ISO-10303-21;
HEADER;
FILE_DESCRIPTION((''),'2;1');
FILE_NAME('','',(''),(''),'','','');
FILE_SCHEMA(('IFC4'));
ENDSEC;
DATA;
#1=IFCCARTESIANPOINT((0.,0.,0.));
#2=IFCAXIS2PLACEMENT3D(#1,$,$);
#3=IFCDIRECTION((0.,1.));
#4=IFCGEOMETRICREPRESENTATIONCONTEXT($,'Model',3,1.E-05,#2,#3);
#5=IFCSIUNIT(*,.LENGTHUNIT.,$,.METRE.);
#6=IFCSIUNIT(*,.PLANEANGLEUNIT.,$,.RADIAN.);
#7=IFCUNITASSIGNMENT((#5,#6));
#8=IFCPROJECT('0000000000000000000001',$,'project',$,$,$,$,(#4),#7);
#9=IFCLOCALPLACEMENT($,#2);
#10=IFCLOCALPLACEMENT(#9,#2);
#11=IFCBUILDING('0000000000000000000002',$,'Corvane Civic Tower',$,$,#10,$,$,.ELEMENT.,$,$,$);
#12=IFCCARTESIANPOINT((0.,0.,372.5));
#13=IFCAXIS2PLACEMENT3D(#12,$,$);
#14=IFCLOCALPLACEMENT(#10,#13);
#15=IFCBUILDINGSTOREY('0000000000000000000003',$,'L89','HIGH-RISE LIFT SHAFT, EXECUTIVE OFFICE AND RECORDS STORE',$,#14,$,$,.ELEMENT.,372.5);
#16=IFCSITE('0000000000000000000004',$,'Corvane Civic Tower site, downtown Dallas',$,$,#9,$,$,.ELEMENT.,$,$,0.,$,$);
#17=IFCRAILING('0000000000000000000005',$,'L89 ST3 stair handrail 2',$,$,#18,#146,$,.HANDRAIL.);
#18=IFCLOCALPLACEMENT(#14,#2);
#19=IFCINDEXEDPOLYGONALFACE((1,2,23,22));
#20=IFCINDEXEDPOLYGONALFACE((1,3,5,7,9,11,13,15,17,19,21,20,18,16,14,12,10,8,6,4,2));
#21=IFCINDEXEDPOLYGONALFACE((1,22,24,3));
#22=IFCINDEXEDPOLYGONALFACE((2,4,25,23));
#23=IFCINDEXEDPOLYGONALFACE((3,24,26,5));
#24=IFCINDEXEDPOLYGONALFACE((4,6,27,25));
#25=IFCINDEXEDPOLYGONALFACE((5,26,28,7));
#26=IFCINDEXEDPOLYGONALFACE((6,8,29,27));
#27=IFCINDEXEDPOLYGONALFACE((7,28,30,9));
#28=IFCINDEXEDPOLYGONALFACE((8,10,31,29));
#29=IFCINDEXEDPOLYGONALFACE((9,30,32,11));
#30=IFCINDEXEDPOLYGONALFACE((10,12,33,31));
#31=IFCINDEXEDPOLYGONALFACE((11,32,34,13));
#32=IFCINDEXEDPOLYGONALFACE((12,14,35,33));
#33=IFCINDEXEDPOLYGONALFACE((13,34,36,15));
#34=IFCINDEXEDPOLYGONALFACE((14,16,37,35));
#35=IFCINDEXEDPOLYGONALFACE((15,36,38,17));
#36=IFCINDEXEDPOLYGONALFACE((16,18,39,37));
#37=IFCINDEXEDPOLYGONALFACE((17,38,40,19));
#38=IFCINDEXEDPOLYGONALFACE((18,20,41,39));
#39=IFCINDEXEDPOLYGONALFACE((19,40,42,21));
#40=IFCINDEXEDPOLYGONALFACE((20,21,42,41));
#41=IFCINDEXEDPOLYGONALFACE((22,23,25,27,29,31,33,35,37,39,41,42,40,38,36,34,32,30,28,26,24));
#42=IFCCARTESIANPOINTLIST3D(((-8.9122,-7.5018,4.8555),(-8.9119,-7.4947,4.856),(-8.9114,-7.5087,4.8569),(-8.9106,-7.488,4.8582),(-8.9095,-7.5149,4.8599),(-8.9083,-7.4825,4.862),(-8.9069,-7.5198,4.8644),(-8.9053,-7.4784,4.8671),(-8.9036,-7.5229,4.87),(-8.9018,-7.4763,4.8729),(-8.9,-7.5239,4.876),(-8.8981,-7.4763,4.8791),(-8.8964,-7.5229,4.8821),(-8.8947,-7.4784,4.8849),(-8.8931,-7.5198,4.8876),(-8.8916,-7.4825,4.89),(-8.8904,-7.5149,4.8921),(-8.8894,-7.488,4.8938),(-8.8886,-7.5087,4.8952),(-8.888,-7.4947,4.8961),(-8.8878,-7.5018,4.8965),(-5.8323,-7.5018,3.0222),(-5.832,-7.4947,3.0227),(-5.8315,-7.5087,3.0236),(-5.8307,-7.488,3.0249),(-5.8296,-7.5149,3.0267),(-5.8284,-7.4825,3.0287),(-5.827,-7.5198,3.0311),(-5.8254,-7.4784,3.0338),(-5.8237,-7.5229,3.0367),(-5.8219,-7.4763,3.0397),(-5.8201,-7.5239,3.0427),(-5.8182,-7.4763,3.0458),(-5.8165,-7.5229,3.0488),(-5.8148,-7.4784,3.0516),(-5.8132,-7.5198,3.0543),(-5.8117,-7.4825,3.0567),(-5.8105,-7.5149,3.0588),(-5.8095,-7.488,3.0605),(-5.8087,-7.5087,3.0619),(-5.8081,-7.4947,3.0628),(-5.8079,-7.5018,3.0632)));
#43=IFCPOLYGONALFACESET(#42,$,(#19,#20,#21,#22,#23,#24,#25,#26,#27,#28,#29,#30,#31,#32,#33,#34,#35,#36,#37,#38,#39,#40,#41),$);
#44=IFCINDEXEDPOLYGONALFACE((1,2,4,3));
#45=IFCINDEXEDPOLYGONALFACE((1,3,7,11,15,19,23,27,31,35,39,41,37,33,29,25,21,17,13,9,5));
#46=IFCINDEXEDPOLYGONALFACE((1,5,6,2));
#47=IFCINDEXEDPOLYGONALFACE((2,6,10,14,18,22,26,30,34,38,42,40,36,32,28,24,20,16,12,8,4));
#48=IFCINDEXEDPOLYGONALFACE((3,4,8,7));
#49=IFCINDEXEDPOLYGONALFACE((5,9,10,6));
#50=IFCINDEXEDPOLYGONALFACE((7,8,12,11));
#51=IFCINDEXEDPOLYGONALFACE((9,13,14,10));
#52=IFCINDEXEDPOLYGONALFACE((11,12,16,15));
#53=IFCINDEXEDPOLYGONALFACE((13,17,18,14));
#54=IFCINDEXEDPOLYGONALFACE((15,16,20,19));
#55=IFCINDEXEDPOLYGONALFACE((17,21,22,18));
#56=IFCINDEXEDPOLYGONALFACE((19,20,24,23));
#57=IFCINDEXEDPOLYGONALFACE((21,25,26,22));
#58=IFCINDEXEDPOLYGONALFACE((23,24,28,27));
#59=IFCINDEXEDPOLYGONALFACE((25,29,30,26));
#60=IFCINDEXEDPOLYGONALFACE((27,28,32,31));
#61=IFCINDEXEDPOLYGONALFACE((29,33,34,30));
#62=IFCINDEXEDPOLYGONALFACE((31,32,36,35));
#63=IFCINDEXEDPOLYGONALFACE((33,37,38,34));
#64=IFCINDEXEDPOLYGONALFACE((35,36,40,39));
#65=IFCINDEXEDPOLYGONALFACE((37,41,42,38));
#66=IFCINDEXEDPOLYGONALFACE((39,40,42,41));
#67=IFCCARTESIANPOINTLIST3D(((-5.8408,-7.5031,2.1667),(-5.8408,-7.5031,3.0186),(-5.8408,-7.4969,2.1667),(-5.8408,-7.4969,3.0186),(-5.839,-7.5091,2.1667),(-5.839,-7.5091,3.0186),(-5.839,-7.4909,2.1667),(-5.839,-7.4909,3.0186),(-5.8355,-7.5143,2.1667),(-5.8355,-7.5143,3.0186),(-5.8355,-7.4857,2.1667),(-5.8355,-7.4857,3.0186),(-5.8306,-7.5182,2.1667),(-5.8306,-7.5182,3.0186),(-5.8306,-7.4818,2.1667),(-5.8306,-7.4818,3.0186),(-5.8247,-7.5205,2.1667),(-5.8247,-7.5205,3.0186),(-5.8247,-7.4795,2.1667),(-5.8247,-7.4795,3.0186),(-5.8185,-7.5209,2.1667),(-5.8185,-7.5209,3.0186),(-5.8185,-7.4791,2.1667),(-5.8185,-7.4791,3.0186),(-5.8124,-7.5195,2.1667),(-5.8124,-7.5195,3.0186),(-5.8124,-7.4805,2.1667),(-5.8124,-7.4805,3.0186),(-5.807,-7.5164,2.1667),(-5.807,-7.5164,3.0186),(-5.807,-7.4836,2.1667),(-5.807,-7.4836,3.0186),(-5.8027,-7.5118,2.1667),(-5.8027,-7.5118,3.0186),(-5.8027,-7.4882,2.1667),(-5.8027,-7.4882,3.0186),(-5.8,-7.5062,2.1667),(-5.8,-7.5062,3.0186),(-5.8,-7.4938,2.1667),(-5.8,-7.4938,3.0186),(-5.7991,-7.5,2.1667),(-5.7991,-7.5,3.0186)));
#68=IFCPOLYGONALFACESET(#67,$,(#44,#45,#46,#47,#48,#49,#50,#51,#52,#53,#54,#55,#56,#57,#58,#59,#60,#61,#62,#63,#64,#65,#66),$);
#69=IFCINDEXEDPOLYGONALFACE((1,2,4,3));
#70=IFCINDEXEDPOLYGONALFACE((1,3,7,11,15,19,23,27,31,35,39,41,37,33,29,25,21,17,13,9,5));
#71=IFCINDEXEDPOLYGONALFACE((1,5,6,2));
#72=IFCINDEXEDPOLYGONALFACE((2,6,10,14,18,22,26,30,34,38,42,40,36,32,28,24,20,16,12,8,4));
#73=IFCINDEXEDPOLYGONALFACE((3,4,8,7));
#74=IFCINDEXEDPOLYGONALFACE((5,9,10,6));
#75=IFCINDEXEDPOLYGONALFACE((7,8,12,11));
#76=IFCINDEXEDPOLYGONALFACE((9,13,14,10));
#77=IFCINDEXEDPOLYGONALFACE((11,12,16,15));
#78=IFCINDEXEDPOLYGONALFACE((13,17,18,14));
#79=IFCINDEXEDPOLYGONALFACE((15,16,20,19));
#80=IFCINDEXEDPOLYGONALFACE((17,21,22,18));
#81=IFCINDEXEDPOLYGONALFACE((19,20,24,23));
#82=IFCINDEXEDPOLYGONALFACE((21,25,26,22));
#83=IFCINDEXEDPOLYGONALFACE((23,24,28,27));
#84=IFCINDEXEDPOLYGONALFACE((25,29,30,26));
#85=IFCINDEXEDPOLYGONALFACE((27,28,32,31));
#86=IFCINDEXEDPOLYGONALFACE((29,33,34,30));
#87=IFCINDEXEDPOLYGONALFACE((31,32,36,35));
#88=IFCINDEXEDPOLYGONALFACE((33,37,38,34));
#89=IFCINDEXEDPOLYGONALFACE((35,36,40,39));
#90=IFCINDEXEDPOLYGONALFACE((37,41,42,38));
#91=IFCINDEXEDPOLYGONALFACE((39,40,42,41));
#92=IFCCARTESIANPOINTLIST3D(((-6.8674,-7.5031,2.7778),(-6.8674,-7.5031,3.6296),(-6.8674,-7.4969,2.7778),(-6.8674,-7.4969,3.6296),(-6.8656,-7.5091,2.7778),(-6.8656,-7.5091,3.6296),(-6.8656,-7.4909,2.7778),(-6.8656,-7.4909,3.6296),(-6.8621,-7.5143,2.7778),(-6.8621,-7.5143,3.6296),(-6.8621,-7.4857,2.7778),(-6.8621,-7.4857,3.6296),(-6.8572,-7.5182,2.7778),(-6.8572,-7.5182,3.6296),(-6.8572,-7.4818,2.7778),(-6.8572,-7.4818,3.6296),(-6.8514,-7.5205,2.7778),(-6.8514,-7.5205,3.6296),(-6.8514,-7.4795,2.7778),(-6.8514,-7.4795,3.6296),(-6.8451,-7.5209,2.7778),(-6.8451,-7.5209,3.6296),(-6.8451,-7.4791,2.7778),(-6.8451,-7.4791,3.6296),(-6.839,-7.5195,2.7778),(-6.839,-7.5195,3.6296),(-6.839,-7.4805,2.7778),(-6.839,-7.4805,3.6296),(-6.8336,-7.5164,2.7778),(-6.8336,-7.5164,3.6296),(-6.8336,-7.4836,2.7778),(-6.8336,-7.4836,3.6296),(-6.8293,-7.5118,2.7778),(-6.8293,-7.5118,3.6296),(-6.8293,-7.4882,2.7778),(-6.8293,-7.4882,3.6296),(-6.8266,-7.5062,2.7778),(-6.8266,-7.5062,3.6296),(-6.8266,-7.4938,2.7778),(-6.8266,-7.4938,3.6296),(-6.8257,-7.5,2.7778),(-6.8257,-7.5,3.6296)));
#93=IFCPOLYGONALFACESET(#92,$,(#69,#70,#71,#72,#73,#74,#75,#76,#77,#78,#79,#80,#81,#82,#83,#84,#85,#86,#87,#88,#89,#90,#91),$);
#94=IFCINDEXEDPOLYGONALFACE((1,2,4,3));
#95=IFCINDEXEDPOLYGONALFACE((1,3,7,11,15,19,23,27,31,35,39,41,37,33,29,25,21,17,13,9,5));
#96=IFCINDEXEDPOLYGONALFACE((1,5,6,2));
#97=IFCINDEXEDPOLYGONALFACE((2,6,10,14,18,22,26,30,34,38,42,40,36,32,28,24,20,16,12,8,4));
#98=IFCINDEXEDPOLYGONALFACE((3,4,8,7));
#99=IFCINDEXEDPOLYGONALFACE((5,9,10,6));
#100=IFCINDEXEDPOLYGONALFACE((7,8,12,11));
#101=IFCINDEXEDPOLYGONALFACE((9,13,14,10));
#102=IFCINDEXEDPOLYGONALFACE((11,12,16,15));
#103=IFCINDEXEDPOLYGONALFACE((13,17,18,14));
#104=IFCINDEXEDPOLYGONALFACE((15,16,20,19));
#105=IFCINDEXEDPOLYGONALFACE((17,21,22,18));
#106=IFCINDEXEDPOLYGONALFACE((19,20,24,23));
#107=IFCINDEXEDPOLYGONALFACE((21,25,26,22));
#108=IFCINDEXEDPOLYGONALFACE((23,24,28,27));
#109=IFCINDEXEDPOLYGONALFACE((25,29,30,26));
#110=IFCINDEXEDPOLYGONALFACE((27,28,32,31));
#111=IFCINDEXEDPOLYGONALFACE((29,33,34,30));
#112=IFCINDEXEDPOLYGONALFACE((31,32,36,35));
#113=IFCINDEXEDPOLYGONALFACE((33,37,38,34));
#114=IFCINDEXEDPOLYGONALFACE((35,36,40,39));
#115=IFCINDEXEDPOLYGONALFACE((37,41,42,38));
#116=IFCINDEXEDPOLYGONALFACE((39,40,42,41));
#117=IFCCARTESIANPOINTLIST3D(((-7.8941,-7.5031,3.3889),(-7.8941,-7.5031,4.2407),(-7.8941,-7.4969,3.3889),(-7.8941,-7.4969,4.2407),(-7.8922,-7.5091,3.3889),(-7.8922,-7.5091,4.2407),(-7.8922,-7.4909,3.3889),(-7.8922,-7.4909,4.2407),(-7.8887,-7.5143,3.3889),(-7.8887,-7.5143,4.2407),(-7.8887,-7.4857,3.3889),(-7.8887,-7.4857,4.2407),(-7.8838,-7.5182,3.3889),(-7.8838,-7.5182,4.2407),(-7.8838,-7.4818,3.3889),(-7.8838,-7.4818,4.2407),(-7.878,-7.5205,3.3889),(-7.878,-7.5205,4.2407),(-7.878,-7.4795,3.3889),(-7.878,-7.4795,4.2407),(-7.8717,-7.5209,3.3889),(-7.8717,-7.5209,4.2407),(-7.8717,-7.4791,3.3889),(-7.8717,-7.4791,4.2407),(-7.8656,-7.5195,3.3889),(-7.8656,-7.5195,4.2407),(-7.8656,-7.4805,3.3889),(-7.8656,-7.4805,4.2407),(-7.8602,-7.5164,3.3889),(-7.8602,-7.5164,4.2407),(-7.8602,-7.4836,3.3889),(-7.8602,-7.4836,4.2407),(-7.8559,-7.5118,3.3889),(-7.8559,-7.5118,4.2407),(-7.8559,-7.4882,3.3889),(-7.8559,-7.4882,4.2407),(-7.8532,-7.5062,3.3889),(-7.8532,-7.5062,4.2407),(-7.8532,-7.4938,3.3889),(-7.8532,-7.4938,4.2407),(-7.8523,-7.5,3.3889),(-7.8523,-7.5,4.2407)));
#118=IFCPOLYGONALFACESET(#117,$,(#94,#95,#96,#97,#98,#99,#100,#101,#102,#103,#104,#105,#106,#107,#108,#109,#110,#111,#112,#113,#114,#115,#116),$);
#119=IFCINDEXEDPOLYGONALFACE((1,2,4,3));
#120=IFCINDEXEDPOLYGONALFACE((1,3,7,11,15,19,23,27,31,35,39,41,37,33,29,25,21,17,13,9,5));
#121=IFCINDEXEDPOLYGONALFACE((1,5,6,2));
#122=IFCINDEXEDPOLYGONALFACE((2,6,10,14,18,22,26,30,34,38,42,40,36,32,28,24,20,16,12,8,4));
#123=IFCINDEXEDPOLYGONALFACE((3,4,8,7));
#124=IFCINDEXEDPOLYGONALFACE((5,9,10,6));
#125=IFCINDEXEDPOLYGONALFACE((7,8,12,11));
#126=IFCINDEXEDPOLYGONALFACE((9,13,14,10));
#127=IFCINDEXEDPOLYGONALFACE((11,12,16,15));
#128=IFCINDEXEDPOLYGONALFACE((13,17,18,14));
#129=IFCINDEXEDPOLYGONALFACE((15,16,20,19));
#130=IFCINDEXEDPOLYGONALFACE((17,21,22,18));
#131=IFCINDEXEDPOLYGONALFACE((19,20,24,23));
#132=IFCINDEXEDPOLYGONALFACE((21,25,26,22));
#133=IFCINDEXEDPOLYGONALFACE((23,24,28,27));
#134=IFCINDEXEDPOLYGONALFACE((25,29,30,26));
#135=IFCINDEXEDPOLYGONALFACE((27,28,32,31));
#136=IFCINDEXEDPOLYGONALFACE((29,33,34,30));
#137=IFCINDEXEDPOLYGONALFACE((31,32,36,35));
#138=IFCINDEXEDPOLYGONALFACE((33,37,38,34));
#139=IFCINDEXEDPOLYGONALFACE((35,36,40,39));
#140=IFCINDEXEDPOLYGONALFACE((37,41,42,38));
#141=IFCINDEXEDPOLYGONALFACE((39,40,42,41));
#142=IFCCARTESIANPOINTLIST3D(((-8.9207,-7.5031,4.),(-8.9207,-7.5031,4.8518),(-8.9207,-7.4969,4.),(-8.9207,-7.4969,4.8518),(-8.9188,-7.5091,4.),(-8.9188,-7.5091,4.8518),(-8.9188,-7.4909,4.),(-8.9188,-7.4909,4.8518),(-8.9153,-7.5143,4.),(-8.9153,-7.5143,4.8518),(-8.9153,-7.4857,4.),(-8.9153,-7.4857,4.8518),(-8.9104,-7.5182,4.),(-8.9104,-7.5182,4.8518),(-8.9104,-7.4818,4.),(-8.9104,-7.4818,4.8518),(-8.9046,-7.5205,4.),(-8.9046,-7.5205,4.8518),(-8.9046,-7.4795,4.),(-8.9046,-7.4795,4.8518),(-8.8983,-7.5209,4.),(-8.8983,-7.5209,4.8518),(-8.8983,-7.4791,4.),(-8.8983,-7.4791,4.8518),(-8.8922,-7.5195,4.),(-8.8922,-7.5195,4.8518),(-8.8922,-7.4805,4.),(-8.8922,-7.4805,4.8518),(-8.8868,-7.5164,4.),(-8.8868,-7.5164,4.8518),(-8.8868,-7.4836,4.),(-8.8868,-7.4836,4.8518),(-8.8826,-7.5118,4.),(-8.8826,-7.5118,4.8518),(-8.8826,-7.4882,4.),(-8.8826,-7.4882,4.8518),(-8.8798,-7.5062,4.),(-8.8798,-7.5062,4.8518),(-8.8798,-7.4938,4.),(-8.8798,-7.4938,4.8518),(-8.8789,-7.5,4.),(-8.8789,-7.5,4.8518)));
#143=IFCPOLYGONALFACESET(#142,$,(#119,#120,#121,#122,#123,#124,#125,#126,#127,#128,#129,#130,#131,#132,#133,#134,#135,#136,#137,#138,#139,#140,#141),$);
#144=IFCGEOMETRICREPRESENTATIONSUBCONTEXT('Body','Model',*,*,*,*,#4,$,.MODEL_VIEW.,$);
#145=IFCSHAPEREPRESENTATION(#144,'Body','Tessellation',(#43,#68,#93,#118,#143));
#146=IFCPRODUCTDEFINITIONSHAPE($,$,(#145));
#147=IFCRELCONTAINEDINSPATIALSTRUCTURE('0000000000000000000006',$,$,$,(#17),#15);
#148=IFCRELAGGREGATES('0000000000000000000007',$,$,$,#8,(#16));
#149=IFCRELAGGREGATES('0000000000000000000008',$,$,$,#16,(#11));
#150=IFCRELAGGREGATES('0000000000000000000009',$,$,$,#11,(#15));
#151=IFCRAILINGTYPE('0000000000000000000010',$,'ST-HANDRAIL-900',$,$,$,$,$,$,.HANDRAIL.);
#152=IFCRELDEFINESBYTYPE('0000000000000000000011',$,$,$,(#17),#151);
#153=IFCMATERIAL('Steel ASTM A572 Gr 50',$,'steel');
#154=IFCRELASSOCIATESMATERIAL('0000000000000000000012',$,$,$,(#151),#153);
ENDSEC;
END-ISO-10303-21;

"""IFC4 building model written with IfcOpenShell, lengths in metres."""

from ifc_helpers import new_model, si_unit, direction, frame, origin, origin_2d, place, context, subcontext, project, spatial, circle, extrude, material, type_object, element, save


model = new_model("IFC4")

# Units and contexts
model_context = context("Model", 3, precision=1e-05, world=origin(), true_north=direction((0.0, 1.0)))
body_context = subcontext(model_context, "Body", "Model", "MODEL_VIEW")
ifc_project = project(units=[si_unit("LENGTHUNIT", "METRE"), si_unit("PLANEANGLEUNIT", "RADIAN")], contexts=[model_context])

# Site, building, storey
site_placement = place(None, origin())
site = spatial("IfcSite", under=ifc_project, at=site_placement, Name="Corvane Civic Tower site, downtown Dallas", CompositionType="ELEMENT", RefElevation=0.0)
building_placement = place(site_placement, origin())
building = spatial("IfcBuilding", under=site, at=building_placement, Name="Corvane Civic Tower", CompositionType="ELEMENT")
storey_placement = place(building_placement, frame((0.0, 0.0, 372.5)))
storey = spatial("IfcBuildingStorey", under=building, at=storey_placement, Name="L89", Description="HIGH-RISE LIFT SHAFT, EXECUTIVE OFFICE AND RECORDS STORE", CompositionType="ELEMENT", Elevation=372.5)

# Railing
ifc_material_1 = material(Name="Steel ASTM A572 Gr 50", Category="steel")
railing_type = type_object("IfcRailingType", Name="ST-HANDRAIL-900", PredefinedType="HANDRAIL", material=ifc_material_1)
railing_placement = place(storey_placement, frame((-5.8201, -7.5, 2.1667)))
element("IfcRailing", 1, at=railing_placement, inside=storey, type_object=railing_type, Name="L89 ST3 stair handrail 2", PredefinedType="HANDRAIL", context=body_context, shape_type="SweptSolid", body=[
    extrude(circle(Radius=0.0239, at=origin_2d()), frame((0.0, 0.0, 0.876), z_axis=(-0.859291, 0.0, 0.511487), x_axis=(0.0, -1.0, 0.0)), (0.0, 0.0, 1.0), 3.5842),
    extrude(circle(Radius=0.021, at=origin_2d()), origin(), (0.0, 0.0, 1.0), 0.8518),
    extrude(circle(Radius=0.021, at=origin_2d()), frame((-1.0266, 0.0, 0.6111)), (0.0, 0.0, 1.0), 0.8518),
    extrude(circle(Radius=0.021, at=origin_2d()), frame((-2.0532, 0.0, 1.2222)), (0.0, 0.0, 1.0), 0.8518),
    extrude(circle(Radius=0.021, at=origin_2d()), frame((-3.0798, 0.0, 1.8333)), (0.0, 0.0, 1.0), 0.8518),
])

save(model, "model.ifc")
